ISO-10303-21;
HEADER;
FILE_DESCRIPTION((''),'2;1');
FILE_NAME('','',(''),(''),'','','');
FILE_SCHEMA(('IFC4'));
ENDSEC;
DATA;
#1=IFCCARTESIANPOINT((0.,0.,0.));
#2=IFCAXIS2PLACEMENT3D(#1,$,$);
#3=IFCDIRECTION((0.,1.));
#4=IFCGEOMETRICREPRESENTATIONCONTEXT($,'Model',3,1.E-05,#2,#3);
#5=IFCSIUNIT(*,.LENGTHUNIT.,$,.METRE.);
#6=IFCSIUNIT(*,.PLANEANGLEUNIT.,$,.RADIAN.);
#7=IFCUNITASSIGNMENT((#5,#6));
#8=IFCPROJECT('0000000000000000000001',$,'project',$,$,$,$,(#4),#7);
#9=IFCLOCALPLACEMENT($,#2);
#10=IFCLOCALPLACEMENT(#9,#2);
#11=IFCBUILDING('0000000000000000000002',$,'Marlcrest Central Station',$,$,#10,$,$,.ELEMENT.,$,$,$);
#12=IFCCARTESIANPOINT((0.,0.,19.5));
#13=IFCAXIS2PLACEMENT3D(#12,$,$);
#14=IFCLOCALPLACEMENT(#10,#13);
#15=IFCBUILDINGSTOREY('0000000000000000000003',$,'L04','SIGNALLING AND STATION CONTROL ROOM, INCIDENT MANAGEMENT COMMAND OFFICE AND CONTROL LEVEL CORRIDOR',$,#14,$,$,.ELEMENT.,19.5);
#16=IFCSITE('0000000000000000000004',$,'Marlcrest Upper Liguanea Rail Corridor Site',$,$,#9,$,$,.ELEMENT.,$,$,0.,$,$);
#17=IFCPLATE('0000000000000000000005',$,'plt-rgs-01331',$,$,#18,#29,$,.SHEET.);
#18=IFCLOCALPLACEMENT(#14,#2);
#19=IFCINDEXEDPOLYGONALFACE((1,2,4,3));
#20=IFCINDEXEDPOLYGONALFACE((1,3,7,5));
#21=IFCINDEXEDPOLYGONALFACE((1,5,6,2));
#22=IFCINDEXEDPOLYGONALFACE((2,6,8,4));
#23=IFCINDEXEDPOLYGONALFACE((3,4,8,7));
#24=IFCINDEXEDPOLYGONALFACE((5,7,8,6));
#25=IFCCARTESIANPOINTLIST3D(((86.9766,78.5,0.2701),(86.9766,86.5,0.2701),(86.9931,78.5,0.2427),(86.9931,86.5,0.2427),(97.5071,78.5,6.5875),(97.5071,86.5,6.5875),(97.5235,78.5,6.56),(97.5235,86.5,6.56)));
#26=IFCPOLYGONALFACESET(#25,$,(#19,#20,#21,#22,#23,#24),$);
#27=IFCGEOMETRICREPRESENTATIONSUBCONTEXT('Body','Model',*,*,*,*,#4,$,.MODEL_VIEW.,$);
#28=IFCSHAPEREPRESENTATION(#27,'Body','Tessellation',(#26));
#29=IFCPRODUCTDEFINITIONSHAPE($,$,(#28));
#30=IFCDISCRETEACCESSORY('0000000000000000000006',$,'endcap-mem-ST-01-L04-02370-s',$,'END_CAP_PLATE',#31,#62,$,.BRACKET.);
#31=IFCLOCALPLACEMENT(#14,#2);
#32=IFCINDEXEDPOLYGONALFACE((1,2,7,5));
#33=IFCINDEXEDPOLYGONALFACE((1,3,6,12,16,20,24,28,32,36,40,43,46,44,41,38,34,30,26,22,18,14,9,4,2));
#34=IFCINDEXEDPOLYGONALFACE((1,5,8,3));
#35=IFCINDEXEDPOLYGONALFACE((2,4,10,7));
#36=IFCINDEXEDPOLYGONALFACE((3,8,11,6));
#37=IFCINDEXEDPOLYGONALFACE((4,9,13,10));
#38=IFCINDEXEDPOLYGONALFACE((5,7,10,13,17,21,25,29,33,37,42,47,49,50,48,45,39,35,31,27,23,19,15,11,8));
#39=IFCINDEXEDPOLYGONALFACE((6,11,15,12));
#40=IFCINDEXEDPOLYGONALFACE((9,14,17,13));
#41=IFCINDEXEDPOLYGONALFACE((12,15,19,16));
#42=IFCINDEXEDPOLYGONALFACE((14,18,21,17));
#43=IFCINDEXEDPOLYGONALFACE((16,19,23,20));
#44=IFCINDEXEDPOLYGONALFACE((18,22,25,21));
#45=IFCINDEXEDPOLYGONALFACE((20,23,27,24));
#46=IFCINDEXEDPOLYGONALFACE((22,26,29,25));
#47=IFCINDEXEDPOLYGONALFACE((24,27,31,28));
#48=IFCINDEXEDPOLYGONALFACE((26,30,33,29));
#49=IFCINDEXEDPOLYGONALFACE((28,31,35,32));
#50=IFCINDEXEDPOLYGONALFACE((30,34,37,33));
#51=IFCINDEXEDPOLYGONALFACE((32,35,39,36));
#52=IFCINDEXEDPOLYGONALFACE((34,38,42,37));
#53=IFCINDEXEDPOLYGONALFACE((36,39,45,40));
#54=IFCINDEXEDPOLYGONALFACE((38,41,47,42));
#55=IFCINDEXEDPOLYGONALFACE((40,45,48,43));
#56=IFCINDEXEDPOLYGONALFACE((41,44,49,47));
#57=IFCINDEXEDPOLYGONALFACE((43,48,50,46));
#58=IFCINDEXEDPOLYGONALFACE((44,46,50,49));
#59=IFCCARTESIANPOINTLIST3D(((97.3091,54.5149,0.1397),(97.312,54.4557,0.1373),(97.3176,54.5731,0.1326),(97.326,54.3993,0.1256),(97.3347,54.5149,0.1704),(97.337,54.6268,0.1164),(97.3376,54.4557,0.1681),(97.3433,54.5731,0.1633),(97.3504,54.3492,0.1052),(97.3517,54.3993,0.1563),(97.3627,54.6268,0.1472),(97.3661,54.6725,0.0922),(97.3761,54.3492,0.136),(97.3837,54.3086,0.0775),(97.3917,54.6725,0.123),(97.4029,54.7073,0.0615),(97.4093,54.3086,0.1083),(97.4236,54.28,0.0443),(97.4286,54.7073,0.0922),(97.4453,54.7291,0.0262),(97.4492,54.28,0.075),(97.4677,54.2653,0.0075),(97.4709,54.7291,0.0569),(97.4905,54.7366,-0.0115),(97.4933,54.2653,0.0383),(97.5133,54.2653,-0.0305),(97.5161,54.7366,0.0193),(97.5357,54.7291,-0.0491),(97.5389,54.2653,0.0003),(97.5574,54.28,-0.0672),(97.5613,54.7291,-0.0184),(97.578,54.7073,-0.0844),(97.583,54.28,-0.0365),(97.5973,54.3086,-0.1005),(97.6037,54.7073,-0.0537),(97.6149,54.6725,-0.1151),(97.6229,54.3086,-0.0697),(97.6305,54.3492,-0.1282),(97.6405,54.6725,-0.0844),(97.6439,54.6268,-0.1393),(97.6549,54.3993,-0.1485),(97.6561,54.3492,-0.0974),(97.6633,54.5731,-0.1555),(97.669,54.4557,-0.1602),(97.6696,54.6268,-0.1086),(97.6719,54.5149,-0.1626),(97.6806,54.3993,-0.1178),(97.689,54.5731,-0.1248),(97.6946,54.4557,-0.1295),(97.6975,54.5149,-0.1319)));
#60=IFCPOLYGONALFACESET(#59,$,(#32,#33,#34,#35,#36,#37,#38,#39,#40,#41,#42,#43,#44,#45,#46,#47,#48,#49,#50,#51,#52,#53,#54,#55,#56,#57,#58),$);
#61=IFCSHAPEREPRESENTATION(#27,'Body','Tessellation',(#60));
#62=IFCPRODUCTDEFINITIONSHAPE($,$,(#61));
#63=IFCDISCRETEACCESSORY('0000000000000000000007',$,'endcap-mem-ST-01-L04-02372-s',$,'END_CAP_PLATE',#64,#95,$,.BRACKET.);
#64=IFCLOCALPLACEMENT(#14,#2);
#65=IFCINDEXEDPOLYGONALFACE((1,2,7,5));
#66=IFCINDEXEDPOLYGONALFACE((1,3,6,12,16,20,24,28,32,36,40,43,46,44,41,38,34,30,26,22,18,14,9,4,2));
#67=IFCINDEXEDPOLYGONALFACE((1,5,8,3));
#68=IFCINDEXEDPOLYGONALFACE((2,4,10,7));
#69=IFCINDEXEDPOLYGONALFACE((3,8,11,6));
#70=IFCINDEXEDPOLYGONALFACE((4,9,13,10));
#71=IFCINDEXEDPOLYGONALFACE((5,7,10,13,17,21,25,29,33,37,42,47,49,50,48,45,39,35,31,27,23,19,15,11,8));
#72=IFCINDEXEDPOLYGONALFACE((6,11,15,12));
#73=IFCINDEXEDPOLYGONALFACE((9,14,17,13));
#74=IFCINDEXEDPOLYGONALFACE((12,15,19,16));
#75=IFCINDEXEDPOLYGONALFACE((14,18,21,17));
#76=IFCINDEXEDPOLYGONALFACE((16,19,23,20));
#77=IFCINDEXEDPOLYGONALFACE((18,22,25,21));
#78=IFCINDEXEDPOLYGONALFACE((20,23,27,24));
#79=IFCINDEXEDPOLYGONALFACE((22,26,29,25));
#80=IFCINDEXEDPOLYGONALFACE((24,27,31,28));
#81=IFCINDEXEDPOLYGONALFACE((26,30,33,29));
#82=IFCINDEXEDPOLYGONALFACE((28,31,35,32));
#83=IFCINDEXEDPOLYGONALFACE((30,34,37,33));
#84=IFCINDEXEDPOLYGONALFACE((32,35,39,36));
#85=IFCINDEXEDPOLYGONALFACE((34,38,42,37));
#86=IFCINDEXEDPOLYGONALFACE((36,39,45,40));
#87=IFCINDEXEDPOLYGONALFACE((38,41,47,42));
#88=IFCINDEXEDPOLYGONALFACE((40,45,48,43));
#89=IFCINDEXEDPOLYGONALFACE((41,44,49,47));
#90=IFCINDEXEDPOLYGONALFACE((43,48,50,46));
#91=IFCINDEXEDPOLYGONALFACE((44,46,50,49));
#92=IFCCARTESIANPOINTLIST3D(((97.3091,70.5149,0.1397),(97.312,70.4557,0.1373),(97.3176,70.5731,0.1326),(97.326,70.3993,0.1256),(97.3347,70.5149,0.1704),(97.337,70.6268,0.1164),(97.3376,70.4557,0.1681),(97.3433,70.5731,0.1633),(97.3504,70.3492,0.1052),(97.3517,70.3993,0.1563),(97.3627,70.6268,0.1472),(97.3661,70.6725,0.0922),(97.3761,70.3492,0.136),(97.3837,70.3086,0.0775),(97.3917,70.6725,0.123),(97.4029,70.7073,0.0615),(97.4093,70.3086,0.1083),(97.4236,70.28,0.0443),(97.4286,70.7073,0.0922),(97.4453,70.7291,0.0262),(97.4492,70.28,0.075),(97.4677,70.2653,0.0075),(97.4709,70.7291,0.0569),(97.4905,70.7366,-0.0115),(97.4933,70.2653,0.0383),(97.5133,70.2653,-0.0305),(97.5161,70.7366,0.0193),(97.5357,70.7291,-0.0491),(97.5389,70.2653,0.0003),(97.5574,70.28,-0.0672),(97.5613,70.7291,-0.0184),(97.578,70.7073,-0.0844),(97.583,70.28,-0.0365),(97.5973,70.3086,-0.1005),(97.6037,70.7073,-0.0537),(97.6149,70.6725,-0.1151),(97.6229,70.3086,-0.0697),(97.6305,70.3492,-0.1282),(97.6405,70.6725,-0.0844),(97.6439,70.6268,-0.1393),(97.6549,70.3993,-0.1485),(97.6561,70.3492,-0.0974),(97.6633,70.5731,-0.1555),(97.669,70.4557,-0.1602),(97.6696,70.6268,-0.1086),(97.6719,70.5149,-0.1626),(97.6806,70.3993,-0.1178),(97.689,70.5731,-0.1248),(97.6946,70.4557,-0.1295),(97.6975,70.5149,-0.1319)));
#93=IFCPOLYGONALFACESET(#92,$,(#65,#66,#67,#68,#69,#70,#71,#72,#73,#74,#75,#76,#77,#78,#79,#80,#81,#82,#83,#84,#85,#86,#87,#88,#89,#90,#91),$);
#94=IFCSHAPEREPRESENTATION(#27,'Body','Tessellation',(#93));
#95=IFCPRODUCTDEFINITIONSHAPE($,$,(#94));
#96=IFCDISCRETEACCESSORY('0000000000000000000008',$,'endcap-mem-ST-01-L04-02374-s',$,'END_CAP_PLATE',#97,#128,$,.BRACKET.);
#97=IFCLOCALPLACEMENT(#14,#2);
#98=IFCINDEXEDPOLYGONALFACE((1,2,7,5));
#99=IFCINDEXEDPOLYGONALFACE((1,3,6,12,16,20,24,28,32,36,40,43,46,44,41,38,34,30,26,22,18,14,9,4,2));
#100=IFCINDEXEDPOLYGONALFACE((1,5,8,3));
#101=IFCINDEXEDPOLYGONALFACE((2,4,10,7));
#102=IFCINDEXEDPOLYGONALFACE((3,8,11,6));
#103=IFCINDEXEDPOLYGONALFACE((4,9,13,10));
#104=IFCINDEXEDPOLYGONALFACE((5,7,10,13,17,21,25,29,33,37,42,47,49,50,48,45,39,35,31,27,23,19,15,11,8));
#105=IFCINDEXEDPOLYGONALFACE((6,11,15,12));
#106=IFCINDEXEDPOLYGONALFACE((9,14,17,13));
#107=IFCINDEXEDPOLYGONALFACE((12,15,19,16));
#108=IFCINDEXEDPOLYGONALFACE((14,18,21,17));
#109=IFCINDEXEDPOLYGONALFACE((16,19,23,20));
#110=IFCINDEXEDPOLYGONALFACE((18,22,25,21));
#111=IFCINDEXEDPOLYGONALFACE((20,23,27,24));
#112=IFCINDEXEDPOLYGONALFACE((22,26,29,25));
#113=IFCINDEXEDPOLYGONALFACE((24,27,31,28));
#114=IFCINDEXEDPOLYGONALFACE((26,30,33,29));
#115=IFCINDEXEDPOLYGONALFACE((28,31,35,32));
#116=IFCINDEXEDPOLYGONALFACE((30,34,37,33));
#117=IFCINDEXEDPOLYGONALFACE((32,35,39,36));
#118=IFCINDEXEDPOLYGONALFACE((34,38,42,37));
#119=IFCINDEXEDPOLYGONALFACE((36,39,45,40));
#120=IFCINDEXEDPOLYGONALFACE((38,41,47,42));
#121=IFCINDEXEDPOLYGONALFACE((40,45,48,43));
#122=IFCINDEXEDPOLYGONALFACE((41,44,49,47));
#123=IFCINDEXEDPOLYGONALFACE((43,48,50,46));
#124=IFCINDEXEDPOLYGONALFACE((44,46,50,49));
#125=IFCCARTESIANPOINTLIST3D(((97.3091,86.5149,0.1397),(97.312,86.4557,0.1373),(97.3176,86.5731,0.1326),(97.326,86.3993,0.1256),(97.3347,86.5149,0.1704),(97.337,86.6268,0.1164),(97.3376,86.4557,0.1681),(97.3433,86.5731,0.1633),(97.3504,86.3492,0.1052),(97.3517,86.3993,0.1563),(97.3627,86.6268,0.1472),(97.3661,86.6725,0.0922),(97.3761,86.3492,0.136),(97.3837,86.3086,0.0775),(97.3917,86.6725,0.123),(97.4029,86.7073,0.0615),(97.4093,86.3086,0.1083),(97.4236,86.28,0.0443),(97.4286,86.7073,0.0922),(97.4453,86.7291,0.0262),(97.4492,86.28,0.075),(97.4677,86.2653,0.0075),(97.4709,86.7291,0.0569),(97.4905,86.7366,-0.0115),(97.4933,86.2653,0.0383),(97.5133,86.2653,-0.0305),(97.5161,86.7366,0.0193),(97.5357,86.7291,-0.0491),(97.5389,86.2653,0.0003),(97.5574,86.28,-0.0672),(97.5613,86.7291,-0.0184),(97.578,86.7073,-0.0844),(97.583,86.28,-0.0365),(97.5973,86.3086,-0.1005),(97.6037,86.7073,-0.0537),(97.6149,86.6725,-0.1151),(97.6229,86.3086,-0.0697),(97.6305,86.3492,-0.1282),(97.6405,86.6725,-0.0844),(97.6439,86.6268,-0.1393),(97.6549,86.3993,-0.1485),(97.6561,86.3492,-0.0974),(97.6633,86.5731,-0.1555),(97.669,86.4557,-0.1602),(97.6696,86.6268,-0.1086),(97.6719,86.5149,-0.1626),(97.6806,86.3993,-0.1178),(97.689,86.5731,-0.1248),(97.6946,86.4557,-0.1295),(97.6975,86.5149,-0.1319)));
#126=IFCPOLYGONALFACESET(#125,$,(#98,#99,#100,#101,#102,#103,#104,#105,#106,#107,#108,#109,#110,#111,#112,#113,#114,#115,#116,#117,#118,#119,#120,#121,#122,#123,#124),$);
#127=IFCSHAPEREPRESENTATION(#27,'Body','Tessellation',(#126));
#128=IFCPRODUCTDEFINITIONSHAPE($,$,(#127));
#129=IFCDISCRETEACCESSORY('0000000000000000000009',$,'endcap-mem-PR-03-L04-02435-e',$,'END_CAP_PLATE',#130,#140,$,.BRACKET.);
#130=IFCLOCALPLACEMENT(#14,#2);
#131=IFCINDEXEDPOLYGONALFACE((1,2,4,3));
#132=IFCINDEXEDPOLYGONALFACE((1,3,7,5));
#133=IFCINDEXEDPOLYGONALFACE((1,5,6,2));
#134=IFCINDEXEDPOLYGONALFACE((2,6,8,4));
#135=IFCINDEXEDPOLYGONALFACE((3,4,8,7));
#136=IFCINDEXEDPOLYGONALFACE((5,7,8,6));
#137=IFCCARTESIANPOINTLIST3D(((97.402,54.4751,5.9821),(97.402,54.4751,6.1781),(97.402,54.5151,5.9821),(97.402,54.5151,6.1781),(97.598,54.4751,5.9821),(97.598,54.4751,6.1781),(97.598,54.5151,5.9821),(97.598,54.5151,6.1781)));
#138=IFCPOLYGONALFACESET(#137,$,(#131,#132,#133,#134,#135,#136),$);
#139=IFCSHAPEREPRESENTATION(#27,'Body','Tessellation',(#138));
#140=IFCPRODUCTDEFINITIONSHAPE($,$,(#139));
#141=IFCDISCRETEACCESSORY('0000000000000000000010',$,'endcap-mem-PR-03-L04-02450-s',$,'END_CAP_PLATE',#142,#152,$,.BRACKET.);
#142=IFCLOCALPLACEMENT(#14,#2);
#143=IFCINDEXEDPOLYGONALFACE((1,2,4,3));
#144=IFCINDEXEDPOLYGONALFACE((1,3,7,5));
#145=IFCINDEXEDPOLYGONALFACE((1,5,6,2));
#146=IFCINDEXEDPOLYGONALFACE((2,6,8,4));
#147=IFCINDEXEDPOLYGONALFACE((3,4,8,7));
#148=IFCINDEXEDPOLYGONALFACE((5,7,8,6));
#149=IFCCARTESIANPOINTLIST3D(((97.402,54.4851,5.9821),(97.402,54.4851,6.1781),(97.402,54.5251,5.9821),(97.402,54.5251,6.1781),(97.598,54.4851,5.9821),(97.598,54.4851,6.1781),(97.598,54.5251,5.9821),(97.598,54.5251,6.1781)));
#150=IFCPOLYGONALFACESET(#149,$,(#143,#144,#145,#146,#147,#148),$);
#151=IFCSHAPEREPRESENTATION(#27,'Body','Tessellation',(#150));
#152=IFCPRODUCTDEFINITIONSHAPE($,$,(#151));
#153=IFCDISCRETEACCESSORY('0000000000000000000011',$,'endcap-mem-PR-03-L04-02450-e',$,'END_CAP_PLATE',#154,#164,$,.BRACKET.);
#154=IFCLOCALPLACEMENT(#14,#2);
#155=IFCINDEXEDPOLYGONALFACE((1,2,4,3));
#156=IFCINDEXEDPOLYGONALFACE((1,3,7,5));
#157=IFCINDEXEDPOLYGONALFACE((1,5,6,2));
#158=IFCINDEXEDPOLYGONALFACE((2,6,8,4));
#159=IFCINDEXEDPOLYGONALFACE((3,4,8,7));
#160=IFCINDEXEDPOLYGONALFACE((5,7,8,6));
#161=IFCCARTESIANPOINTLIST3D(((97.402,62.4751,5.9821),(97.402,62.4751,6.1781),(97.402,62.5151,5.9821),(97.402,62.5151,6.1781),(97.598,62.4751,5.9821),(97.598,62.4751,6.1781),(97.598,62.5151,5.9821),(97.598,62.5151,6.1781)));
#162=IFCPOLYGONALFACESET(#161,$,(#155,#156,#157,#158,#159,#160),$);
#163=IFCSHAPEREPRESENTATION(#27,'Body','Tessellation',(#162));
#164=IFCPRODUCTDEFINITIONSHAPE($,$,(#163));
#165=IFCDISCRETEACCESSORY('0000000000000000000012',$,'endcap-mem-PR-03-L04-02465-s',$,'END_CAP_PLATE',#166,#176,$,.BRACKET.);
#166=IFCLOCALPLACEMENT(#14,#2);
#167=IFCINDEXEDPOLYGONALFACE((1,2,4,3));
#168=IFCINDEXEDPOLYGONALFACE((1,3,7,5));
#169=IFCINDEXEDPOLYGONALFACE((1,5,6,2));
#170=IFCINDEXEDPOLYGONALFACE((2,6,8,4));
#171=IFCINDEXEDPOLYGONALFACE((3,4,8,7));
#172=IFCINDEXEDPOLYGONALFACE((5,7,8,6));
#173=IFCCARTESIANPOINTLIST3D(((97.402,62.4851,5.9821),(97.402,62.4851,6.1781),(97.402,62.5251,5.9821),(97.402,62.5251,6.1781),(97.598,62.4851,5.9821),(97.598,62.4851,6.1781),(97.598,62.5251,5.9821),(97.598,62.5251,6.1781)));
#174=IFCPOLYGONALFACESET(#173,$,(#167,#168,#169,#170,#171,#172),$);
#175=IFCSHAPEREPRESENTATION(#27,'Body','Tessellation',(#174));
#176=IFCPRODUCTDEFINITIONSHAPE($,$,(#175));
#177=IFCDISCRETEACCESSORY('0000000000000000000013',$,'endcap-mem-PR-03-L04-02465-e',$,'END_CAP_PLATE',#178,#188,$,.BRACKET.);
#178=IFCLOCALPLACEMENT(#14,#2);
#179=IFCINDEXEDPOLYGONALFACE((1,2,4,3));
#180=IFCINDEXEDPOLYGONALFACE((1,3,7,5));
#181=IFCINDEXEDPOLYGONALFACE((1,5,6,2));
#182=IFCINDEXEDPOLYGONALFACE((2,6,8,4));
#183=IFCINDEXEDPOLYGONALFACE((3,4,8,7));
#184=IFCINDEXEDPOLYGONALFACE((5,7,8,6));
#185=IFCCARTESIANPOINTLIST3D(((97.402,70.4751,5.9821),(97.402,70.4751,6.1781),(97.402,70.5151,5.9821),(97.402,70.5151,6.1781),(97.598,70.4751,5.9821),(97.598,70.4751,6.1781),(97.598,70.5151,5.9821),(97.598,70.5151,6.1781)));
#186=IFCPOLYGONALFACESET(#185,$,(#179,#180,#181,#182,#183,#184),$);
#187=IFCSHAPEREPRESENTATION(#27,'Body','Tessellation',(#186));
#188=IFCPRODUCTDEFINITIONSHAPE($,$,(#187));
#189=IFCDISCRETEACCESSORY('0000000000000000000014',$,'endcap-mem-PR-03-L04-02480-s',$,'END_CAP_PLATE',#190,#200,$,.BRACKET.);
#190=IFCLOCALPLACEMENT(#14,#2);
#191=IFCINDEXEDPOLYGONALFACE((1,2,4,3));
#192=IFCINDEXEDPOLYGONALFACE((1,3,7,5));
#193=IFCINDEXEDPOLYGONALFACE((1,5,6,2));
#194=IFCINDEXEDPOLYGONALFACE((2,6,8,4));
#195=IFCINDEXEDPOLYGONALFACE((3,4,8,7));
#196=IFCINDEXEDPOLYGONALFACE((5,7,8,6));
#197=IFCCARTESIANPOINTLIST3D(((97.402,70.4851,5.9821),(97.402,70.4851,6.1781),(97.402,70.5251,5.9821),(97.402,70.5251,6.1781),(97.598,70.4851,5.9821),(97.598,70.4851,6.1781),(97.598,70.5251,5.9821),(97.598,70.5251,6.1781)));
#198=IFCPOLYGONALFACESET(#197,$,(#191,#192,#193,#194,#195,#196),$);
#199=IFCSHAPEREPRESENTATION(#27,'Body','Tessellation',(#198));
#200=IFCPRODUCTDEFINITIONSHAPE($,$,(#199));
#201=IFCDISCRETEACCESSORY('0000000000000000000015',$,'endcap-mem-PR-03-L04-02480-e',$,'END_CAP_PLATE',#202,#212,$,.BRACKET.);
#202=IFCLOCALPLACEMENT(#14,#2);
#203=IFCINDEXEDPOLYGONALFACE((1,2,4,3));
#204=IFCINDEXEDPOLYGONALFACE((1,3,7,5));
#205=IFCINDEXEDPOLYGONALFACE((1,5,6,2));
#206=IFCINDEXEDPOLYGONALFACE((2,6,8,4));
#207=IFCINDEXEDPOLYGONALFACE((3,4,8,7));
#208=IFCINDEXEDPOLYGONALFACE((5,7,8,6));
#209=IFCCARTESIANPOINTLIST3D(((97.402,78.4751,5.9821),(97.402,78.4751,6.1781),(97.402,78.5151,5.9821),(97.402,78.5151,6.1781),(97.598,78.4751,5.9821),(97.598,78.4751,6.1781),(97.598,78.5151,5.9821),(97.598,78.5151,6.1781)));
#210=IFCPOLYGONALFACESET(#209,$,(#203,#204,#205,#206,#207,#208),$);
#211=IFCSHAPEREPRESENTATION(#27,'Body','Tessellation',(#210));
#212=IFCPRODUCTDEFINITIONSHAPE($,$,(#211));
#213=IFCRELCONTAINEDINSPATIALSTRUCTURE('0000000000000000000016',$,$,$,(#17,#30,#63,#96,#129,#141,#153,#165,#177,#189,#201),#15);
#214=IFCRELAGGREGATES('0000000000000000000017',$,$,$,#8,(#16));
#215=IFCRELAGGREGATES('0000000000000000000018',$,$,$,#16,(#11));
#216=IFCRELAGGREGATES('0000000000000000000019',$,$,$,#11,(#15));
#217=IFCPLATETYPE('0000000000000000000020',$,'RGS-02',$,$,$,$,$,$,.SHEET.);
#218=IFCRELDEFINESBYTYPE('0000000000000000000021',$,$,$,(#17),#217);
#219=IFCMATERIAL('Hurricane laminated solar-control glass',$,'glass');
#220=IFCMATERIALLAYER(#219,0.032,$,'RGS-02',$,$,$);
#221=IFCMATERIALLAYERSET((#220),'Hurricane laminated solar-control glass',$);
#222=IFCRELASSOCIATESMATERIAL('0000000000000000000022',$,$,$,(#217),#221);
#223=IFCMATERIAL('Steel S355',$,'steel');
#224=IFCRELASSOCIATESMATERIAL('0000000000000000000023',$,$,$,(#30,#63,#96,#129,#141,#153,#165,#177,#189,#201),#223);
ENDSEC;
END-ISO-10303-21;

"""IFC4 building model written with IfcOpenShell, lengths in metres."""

from ifc_helpers import new_model, si_unit, direction, frame, origin, origin_2d, place, context, subcontext, project, spatial, rectangle, circle, extrude, material, layer, layer_set, type_object, element, save


model = new_model("IFC4")

# Units and contexts
model_context = context("Model", 3, precision=1e-05, world=origin(), true_north=direction((0.0, 1.0)))
body_context = subcontext(model_context, "Body", "Model", "MODEL_VIEW")
ifc_project = project(units=[si_unit("LENGTHUNIT", "METRE"), si_unit("PLANEANGLEUNIT", "RADIAN")], contexts=[model_context])

# Site, building, storey
site_placement = place(None, origin())
site = spatial("IfcSite", under=ifc_project, at=site_placement, Name="Marlcrest Upper Liguanea Rail Corridor Site", CompositionType="ELEMENT", RefElevation=0.0)
building_placement = place(site_placement, origin())
building = spatial("IfcBuilding", under=site, at=building_placement, Name="Marlcrest Central Station", CompositionType="ELEMENT")
storey_placement = place(building_placement, frame((0.0, 0.0, 19.5)))
storey = spatial("IfcBuildingStorey", under=building, at=storey_placement, Name="L04", Description="SIGNALLING AND STATION CONTROL ROOM, INCIDENT MANAGEMENT COMMAND OFFICE AND CONTROL LEVEL CORRIDOR", CompositionType="ELEMENT", Elevation=19.5)

# Plate
ifc_material_1 = material(Name="Hurricane laminated solar-control glass", Category="glass")
ifc_layer_1 = layer(ifc_material_1, 0.032, Name="RGS-02")
ifc_layer_set_1 = layer_set([ifc_layer_1], Name="Hurricane laminated solar-control glass")
plate_type_1 = type_object("IfcPlateType", Name="RGS-02", PredefinedType="SHEET", material=ifc_layer_set_1)
for number, where, z_axis, x_axis, name in (
    (1, (92.2583, 82.5, 3.4014), (-0.51444, 0.0, 0.857527), (0.857527, 0.0, 0.51444), "plt-rgs-01331"),
):
    element("IfcPlate", number, at=place(storey_placement, frame(where, z_axis=z_axis, x_axis=x_axis)), inside=storey, type_object=plate_type_1, Name=name, PredefinedType="SHEET", context=body_context, shape_type="SweptSolid", body=[
        extrude(rectangle(XDim=12.28, YDim=8.0, at=origin_2d()), origin(), (0.0, 0.0, 1.0), 0.032),
    ])

# Discrete accessories
ifc_material_2 = material(Name="Steel S355", Category="steel")
for number, where, z_axis, x_axis, name in (
    (2, (97.4905, 54.5, -0.0115), (0.640181, 0.0, 0.768224), (0.0, 1.0, 0.0), "endcap-mem-ST-01-L04-02370-s"),
    (3, (97.4905, 70.5, -0.0115), (0.640181, 0.0, 0.768224), (0.0, 1.0, 0.0), "endcap-mem-ST-01-L04-02372-s"),
    (4, (97.4905, 86.5, -0.0115), (0.640181, 0.0, 0.768224), (0.0, 1.0, 0.0), "endcap-mem-ST-01-L04-02374-s"),
):
    element("IfcDiscreteAccessory", number, at=place(storey_placement, frame(where, z_axis=z_axis, x_axis=x_axis)), inside=storey, material=ifc_material_2, Name=name, ObjectType="END_CAP_PLATE", PredefinedType="BRACKET", context=body_context, shape_type="SweptSolid", body=[
        extrude(circle(Radius=0.2366, at=origin_2d()), origin(), (0.0, 0.0, 1.0), 0.04),
    ])
for number, where, z_axis, x_axis, name in (
    (5, (97.5, 54.4751, 6.0801), (0.0, 1.0, 0.0), (-1.0, 0.0, 0.0), "endcap-mem-PR-03-L04-02435-e"),
    (6, (97.5, 54.4851, 6.0801), (0.0, 1.0, 0.0), (-1.0, 0.0, 0.0), "endcap-mem-PR-03-L04-02450-s"),
    (7, (97.5, 62.4751, 6.0801), (0.0, 1.0, 0.0), (-1.0, 0.0, 0.0), "endcap-mem-PR-03-L04-02450-e"),
    (8, (97.5, 62.4851, 6.0801), (0.0, 1.0, 0.0), (-1.0, 0.0, 0.0), "endcap-mem-PR-03-L04-02465-s"),
    (9, (97.5, 70.4751, 6.0801), (0.0, 1.0, 0.0), (-1.0, 0.0, 0.0), "endcap-mem-PR-03-L04-02465-e"),
    (10, (97.5, 70.4851, 6.0801), (0.0, 1.0, 0.0), (-1.0, 0.0, 0.0), "endcap-mem-PR-03-L04-02480-s"),
    (11, (97.5, 78.4751, 6.0801), (0.0, 1.0, 0.0), (-1.0, 0.0, 0.0), "endcap-mem-PR-03-L04-02480-e"),
):
    element("IfcDiscreteAccessory", number, at=place(storey_placement, frame(where, z_axis=z_axis, x_axis=x_axis)), inside=storey, material=ifc_material_2, Name=name, ObjectType="END_CAP_PLATE", PredefinedType="BRACKET", context=body_context, shape_type="SweptSolid", body=[
        extrude(rectangle(XDim=0.196, YDim=0.196, at=origin_2d()), origin(), (0.0, 0.0, 1.0), 0.04),
    ])

save(model, "model.ifc")
